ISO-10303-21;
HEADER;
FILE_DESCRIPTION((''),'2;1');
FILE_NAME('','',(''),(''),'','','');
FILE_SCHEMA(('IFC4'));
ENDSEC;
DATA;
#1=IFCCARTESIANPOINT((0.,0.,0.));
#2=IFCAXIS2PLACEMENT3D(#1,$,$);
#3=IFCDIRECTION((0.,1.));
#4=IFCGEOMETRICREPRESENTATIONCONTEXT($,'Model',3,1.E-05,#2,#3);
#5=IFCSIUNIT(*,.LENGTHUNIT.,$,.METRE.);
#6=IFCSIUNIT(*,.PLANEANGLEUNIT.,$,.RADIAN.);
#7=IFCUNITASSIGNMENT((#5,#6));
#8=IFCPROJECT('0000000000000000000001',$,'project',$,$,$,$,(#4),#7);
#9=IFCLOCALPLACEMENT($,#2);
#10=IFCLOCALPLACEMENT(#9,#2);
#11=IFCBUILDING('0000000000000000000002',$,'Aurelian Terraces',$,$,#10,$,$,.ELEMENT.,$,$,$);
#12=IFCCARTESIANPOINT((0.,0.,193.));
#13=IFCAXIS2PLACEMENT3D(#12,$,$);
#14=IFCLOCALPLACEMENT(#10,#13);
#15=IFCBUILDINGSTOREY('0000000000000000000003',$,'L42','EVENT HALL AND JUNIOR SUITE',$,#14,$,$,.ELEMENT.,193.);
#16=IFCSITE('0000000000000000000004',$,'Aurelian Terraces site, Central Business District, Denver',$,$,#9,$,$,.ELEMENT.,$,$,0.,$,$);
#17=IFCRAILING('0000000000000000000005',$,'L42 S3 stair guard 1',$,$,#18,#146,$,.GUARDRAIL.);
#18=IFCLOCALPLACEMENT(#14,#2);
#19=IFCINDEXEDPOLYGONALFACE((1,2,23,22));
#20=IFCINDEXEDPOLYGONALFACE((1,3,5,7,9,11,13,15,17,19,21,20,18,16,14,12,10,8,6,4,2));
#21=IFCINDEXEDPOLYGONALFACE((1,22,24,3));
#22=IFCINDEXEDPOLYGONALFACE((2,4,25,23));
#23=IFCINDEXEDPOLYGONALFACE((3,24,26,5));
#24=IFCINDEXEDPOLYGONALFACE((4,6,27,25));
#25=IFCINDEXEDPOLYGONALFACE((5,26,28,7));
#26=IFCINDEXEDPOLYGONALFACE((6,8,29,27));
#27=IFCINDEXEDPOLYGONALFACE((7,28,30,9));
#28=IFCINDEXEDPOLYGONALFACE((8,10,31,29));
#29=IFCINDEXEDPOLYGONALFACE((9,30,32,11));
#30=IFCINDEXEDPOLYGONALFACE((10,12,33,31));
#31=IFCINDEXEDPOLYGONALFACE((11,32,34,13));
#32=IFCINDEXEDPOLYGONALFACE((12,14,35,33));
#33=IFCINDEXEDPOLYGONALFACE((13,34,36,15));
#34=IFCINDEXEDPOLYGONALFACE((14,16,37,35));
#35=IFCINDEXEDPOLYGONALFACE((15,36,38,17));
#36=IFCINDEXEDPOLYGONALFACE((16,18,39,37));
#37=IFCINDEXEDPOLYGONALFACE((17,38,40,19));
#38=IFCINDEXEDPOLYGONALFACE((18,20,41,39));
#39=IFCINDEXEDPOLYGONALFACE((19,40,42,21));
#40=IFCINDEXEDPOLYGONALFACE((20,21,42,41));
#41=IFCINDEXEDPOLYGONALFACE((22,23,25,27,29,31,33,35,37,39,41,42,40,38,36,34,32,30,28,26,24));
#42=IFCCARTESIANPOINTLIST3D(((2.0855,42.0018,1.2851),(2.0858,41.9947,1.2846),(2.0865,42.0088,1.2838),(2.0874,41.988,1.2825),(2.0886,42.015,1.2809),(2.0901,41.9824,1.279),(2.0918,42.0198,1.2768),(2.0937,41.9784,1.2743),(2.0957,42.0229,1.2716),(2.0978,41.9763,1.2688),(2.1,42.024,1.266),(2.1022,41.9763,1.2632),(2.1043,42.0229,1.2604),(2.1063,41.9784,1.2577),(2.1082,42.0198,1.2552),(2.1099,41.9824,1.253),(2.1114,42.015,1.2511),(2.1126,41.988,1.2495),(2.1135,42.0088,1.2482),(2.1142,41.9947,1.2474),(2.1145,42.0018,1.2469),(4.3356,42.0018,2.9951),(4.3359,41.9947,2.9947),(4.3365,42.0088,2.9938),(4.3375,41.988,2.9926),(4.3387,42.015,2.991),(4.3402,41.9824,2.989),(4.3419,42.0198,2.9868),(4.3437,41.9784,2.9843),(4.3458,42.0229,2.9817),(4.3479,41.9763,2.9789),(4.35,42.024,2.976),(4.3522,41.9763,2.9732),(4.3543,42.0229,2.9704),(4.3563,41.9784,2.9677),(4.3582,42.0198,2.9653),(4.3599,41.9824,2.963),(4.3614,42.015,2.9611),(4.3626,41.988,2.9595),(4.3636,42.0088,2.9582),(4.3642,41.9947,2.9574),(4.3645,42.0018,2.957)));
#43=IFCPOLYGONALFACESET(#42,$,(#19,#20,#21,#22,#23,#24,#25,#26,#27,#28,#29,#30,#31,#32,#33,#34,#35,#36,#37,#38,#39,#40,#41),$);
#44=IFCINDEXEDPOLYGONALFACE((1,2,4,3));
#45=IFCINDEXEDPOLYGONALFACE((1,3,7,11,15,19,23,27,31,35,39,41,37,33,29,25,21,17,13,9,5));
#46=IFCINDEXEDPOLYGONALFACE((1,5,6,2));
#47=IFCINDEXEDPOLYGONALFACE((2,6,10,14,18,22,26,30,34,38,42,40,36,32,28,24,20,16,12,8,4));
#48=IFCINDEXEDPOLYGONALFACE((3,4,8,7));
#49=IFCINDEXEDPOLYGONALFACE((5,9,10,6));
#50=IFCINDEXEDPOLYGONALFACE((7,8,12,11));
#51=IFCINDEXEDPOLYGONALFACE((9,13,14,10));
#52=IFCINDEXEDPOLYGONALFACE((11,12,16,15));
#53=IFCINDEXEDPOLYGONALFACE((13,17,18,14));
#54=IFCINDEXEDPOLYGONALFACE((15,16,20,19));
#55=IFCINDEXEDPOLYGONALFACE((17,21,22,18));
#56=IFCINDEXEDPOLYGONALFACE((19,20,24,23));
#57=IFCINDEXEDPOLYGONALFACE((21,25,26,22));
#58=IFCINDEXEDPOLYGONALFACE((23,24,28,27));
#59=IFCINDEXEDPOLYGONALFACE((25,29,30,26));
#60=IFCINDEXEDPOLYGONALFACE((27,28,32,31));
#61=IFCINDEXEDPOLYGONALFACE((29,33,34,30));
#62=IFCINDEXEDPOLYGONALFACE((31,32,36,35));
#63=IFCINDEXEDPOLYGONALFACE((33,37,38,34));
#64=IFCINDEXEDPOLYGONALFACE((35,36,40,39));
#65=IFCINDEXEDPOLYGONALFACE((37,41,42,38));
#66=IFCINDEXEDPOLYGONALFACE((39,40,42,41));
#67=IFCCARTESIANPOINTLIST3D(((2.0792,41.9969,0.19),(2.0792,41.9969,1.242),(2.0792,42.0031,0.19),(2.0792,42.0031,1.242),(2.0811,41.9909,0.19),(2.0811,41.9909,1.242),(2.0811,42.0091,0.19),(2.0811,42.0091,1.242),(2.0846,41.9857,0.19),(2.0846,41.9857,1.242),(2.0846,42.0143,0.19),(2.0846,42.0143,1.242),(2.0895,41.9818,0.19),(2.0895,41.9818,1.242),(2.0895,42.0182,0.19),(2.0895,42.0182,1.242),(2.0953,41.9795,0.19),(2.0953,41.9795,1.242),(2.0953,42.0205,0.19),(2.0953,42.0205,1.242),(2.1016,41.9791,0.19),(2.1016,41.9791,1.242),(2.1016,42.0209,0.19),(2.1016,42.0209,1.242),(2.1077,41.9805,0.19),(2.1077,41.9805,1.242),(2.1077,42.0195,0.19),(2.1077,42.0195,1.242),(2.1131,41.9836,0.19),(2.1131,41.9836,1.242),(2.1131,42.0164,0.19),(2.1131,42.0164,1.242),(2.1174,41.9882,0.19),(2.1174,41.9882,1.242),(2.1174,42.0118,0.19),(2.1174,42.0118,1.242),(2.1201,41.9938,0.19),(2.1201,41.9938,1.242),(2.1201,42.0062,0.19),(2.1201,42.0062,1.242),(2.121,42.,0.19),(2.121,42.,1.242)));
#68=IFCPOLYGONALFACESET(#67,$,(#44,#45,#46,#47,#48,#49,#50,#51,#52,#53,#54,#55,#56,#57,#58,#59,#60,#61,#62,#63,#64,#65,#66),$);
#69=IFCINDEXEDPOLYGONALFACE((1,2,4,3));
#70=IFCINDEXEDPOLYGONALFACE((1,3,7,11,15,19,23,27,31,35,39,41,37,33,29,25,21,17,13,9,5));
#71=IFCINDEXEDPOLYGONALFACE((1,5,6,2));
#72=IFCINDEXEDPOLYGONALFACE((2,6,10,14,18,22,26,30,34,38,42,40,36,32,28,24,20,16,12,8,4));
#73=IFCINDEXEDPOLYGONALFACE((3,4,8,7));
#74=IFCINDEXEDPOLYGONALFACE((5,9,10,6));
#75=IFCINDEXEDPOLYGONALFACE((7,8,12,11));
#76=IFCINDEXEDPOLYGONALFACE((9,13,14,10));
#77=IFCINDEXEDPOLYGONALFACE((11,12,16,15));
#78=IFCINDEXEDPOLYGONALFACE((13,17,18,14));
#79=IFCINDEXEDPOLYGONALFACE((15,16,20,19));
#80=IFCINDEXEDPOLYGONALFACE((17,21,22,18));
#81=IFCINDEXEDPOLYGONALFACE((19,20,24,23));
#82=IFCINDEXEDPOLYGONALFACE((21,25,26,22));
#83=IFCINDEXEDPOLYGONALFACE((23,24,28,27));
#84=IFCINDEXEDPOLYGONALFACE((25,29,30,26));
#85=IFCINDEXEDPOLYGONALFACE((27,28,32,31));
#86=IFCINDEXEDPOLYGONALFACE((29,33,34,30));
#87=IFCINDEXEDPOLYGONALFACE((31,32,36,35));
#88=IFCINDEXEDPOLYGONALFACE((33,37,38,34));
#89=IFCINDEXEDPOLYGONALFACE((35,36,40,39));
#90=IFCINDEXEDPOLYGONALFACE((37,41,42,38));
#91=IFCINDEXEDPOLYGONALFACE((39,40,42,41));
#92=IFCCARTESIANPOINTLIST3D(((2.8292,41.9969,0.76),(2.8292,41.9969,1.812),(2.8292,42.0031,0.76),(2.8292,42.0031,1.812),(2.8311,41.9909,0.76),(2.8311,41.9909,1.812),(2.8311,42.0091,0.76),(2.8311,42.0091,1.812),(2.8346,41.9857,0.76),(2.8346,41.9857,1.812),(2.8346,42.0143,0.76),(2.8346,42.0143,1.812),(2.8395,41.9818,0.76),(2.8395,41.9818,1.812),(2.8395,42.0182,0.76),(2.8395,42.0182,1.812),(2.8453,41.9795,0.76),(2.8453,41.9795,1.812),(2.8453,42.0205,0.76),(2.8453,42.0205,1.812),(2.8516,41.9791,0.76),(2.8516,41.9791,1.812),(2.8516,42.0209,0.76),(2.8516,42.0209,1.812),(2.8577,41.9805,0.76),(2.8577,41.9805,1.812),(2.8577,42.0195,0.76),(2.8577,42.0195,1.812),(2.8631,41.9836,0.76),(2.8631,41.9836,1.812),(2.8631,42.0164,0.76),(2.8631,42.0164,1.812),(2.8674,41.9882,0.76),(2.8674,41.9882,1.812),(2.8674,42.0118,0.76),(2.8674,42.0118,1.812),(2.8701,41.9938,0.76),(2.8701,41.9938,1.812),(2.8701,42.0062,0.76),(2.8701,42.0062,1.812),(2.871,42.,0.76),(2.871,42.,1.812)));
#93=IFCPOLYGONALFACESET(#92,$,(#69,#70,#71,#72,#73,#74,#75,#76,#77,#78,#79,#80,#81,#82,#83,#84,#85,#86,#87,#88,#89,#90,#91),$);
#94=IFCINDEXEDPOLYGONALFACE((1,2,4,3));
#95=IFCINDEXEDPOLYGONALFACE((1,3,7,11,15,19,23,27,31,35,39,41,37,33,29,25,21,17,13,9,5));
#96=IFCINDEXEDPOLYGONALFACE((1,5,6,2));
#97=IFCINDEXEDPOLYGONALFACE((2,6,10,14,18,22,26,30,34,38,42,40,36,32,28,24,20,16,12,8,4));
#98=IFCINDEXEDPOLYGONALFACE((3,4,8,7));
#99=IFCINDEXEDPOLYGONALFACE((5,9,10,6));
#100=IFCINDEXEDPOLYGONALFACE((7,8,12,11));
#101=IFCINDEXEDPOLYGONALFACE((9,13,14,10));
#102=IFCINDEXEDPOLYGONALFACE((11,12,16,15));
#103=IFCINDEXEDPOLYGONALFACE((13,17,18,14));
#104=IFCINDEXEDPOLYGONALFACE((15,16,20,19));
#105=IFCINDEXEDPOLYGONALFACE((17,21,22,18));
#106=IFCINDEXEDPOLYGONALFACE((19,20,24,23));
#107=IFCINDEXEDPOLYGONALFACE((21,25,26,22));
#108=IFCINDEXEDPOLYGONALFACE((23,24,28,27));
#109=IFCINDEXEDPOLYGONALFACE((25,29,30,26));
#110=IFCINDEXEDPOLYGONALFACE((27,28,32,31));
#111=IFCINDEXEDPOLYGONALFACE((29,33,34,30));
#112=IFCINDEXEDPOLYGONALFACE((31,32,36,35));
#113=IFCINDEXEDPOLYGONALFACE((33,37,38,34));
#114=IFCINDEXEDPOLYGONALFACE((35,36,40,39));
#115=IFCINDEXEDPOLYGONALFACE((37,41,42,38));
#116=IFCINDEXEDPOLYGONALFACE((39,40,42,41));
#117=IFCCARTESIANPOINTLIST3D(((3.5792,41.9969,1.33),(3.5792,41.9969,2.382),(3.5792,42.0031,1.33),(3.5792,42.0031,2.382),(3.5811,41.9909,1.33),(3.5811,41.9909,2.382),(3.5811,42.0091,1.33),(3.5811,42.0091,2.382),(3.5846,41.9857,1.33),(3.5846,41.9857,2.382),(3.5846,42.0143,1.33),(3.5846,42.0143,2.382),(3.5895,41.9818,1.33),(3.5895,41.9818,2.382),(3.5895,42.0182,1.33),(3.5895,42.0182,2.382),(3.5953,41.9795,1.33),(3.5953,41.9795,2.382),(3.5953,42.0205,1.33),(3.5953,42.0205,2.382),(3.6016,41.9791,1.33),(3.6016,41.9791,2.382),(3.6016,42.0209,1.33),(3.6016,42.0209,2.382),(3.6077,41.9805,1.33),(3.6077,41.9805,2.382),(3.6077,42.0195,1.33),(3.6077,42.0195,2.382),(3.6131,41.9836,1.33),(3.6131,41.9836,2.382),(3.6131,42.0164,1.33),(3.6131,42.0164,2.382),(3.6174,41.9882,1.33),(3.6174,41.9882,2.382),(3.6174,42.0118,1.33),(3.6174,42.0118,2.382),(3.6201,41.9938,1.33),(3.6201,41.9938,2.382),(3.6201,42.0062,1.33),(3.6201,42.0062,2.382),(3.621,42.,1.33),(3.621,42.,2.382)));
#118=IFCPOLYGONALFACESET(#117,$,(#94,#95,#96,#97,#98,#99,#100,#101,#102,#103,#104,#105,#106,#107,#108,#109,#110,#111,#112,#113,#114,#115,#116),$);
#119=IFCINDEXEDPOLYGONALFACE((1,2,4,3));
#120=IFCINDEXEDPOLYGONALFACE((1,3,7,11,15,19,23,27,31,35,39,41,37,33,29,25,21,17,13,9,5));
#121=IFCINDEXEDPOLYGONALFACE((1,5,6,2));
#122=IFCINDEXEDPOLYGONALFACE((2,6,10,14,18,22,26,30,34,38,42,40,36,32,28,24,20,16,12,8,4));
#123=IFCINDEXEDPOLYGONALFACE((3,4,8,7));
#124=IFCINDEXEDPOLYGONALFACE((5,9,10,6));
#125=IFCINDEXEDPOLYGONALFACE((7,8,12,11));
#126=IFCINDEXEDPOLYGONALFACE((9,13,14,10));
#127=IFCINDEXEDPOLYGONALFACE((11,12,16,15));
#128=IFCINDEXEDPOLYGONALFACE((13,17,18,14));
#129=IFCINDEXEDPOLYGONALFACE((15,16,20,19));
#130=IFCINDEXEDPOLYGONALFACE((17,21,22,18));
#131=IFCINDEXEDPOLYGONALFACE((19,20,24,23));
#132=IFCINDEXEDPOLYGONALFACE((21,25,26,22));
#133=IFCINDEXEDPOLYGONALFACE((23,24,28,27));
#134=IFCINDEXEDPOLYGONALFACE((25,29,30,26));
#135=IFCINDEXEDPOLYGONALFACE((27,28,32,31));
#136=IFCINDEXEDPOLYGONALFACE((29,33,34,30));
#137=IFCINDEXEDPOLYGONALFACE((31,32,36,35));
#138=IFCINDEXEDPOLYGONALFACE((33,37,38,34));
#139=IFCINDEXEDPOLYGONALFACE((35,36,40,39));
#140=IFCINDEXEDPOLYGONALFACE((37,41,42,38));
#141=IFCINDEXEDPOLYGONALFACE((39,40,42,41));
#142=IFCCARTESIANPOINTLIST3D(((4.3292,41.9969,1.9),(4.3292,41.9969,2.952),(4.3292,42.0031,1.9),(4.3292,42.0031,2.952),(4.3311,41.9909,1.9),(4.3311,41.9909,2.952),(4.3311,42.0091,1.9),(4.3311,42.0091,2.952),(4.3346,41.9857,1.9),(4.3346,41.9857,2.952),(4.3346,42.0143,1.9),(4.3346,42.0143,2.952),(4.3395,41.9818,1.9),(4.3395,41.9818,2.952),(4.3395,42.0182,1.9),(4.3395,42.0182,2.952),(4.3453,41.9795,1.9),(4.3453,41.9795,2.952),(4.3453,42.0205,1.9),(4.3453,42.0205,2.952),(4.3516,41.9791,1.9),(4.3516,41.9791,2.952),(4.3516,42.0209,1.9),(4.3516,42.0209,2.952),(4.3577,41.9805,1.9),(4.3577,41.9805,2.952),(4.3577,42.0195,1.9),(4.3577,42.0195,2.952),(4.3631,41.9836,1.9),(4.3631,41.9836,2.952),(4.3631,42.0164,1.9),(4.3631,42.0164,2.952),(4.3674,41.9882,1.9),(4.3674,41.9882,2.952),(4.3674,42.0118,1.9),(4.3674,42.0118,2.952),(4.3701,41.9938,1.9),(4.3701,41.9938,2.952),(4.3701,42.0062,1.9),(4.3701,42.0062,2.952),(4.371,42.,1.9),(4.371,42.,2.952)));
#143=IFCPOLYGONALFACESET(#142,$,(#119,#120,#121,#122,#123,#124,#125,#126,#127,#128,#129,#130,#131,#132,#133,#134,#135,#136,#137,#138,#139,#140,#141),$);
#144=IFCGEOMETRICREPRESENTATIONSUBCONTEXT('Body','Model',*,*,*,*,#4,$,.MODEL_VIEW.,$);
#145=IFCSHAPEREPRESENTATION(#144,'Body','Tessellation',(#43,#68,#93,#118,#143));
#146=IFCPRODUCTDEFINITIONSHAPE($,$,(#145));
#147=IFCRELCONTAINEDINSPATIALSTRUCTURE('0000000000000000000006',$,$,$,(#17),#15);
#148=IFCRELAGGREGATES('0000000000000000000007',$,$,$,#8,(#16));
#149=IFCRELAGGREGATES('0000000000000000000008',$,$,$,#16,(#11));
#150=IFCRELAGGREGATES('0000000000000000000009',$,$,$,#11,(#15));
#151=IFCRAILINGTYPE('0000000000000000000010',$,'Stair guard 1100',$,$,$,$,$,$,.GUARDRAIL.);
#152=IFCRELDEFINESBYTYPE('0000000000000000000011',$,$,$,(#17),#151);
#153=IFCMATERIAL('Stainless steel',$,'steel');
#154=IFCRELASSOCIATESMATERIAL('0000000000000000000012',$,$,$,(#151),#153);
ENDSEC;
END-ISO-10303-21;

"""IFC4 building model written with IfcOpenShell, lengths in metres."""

from ifc_helpers import new_model, si_unit, direction, frame, origin, origin_2d, place, context, subcontext, project, spatial, circle, extrude, source, transform, mapped, material, type_object, element, save


model = new_model("IFC4")

# Units and contexts
model_context = context("Model", 3, precision=1e-05, world=origin(), true_north=direction((0.0, 1.0)))
body_context = subcontext(model_context, "Body", "Model", "MODEL_VIEW")
ifc_project = project(units=[si_unit("LENGTHUNIT", "METRE"), si_unit("PLANEANGLEUNIT", "RADIAN")], contexts=[model_context])

# Site, building, storey
site_placement = place(None, origin())
site = spatial("IfcSite", under=ifc_project, at=site_placement, Name="Aurelian Terraces site, Central Business District, Denver", CompositionType="ELEMENT", RefElevation=0.0)
building_placement = place(site_placement, origin())
building = spatial("IfcBuilding", under=site, at=building_placement, Name="Aurelian Terraces", CompositionType="ELEMENT")
storey_placement = place(building_placement, frame((0.0, 0.0, 193.0)))
storey = spatial("IfcBuildingStorey", under=building, at=storey_placement, Name="L42", Description="EVENT HALL AND JUNIOR SUITE", CompositionType="ELEMENT", Elevation=193.0)

# Railing
ifc_material_1 = material(Name="Stainless steel", Category="steel")
railing_type_1 = type_object("IfcRailingType", Name="Stair guard 1100", PredefinedType="GUARDRAIL", material=ifc_material_1)
shared_shape_1 = source(origin(), body_context, "Body", "SweptSolid", [
    extrude(circle(Radius=0.024, at=origin_2d()), frame((0.0, 0.0, 1.076), z_axis=(0.796162, 0.0, 0.605083), x_axis=(0.0, 1.0, 0.0)), (0.0, 0.0, 1.0), 2.8261),
    extrude(circle(Radius=0.021, at=origin_2d()), origin(), (0.0, 0.0, 1.0), 1.052),
    extrude(circle(Radius=0.021, at=origin_2d()), frame((0.75, 0.0, 0.57)), (0.0, 0.0, 1.0), 1.052),
    extrude(circle(Radius=0.021, at=origin_2d()), frame((1.5, 0.0, 1.14)), (0.0, 0.0, 1.0), 1.052),
    extrude(circle(Radius=0.021, at=origin_2d()), frame((2.25, 0.0, 1.71)), (0.0, 0.0, 1.0), 1.052),
])
railing_1_placement = place(storey_placement, frame((2.1, 42.0, 0.19)))
element("IfcRailing", 1, at=railing_1_placement, inside=storey, type_object=railing_type_1, Name="L42 S3 stair guard 1", PredefinedType="GUARDRAIL", context=body_context, shape_type="MappedRepresentation", body=[
    mapped(shared_shape_1, transform((0.0, 0.0, 0.0), scale=1.0)),
])

save(model, "model.ifc")
